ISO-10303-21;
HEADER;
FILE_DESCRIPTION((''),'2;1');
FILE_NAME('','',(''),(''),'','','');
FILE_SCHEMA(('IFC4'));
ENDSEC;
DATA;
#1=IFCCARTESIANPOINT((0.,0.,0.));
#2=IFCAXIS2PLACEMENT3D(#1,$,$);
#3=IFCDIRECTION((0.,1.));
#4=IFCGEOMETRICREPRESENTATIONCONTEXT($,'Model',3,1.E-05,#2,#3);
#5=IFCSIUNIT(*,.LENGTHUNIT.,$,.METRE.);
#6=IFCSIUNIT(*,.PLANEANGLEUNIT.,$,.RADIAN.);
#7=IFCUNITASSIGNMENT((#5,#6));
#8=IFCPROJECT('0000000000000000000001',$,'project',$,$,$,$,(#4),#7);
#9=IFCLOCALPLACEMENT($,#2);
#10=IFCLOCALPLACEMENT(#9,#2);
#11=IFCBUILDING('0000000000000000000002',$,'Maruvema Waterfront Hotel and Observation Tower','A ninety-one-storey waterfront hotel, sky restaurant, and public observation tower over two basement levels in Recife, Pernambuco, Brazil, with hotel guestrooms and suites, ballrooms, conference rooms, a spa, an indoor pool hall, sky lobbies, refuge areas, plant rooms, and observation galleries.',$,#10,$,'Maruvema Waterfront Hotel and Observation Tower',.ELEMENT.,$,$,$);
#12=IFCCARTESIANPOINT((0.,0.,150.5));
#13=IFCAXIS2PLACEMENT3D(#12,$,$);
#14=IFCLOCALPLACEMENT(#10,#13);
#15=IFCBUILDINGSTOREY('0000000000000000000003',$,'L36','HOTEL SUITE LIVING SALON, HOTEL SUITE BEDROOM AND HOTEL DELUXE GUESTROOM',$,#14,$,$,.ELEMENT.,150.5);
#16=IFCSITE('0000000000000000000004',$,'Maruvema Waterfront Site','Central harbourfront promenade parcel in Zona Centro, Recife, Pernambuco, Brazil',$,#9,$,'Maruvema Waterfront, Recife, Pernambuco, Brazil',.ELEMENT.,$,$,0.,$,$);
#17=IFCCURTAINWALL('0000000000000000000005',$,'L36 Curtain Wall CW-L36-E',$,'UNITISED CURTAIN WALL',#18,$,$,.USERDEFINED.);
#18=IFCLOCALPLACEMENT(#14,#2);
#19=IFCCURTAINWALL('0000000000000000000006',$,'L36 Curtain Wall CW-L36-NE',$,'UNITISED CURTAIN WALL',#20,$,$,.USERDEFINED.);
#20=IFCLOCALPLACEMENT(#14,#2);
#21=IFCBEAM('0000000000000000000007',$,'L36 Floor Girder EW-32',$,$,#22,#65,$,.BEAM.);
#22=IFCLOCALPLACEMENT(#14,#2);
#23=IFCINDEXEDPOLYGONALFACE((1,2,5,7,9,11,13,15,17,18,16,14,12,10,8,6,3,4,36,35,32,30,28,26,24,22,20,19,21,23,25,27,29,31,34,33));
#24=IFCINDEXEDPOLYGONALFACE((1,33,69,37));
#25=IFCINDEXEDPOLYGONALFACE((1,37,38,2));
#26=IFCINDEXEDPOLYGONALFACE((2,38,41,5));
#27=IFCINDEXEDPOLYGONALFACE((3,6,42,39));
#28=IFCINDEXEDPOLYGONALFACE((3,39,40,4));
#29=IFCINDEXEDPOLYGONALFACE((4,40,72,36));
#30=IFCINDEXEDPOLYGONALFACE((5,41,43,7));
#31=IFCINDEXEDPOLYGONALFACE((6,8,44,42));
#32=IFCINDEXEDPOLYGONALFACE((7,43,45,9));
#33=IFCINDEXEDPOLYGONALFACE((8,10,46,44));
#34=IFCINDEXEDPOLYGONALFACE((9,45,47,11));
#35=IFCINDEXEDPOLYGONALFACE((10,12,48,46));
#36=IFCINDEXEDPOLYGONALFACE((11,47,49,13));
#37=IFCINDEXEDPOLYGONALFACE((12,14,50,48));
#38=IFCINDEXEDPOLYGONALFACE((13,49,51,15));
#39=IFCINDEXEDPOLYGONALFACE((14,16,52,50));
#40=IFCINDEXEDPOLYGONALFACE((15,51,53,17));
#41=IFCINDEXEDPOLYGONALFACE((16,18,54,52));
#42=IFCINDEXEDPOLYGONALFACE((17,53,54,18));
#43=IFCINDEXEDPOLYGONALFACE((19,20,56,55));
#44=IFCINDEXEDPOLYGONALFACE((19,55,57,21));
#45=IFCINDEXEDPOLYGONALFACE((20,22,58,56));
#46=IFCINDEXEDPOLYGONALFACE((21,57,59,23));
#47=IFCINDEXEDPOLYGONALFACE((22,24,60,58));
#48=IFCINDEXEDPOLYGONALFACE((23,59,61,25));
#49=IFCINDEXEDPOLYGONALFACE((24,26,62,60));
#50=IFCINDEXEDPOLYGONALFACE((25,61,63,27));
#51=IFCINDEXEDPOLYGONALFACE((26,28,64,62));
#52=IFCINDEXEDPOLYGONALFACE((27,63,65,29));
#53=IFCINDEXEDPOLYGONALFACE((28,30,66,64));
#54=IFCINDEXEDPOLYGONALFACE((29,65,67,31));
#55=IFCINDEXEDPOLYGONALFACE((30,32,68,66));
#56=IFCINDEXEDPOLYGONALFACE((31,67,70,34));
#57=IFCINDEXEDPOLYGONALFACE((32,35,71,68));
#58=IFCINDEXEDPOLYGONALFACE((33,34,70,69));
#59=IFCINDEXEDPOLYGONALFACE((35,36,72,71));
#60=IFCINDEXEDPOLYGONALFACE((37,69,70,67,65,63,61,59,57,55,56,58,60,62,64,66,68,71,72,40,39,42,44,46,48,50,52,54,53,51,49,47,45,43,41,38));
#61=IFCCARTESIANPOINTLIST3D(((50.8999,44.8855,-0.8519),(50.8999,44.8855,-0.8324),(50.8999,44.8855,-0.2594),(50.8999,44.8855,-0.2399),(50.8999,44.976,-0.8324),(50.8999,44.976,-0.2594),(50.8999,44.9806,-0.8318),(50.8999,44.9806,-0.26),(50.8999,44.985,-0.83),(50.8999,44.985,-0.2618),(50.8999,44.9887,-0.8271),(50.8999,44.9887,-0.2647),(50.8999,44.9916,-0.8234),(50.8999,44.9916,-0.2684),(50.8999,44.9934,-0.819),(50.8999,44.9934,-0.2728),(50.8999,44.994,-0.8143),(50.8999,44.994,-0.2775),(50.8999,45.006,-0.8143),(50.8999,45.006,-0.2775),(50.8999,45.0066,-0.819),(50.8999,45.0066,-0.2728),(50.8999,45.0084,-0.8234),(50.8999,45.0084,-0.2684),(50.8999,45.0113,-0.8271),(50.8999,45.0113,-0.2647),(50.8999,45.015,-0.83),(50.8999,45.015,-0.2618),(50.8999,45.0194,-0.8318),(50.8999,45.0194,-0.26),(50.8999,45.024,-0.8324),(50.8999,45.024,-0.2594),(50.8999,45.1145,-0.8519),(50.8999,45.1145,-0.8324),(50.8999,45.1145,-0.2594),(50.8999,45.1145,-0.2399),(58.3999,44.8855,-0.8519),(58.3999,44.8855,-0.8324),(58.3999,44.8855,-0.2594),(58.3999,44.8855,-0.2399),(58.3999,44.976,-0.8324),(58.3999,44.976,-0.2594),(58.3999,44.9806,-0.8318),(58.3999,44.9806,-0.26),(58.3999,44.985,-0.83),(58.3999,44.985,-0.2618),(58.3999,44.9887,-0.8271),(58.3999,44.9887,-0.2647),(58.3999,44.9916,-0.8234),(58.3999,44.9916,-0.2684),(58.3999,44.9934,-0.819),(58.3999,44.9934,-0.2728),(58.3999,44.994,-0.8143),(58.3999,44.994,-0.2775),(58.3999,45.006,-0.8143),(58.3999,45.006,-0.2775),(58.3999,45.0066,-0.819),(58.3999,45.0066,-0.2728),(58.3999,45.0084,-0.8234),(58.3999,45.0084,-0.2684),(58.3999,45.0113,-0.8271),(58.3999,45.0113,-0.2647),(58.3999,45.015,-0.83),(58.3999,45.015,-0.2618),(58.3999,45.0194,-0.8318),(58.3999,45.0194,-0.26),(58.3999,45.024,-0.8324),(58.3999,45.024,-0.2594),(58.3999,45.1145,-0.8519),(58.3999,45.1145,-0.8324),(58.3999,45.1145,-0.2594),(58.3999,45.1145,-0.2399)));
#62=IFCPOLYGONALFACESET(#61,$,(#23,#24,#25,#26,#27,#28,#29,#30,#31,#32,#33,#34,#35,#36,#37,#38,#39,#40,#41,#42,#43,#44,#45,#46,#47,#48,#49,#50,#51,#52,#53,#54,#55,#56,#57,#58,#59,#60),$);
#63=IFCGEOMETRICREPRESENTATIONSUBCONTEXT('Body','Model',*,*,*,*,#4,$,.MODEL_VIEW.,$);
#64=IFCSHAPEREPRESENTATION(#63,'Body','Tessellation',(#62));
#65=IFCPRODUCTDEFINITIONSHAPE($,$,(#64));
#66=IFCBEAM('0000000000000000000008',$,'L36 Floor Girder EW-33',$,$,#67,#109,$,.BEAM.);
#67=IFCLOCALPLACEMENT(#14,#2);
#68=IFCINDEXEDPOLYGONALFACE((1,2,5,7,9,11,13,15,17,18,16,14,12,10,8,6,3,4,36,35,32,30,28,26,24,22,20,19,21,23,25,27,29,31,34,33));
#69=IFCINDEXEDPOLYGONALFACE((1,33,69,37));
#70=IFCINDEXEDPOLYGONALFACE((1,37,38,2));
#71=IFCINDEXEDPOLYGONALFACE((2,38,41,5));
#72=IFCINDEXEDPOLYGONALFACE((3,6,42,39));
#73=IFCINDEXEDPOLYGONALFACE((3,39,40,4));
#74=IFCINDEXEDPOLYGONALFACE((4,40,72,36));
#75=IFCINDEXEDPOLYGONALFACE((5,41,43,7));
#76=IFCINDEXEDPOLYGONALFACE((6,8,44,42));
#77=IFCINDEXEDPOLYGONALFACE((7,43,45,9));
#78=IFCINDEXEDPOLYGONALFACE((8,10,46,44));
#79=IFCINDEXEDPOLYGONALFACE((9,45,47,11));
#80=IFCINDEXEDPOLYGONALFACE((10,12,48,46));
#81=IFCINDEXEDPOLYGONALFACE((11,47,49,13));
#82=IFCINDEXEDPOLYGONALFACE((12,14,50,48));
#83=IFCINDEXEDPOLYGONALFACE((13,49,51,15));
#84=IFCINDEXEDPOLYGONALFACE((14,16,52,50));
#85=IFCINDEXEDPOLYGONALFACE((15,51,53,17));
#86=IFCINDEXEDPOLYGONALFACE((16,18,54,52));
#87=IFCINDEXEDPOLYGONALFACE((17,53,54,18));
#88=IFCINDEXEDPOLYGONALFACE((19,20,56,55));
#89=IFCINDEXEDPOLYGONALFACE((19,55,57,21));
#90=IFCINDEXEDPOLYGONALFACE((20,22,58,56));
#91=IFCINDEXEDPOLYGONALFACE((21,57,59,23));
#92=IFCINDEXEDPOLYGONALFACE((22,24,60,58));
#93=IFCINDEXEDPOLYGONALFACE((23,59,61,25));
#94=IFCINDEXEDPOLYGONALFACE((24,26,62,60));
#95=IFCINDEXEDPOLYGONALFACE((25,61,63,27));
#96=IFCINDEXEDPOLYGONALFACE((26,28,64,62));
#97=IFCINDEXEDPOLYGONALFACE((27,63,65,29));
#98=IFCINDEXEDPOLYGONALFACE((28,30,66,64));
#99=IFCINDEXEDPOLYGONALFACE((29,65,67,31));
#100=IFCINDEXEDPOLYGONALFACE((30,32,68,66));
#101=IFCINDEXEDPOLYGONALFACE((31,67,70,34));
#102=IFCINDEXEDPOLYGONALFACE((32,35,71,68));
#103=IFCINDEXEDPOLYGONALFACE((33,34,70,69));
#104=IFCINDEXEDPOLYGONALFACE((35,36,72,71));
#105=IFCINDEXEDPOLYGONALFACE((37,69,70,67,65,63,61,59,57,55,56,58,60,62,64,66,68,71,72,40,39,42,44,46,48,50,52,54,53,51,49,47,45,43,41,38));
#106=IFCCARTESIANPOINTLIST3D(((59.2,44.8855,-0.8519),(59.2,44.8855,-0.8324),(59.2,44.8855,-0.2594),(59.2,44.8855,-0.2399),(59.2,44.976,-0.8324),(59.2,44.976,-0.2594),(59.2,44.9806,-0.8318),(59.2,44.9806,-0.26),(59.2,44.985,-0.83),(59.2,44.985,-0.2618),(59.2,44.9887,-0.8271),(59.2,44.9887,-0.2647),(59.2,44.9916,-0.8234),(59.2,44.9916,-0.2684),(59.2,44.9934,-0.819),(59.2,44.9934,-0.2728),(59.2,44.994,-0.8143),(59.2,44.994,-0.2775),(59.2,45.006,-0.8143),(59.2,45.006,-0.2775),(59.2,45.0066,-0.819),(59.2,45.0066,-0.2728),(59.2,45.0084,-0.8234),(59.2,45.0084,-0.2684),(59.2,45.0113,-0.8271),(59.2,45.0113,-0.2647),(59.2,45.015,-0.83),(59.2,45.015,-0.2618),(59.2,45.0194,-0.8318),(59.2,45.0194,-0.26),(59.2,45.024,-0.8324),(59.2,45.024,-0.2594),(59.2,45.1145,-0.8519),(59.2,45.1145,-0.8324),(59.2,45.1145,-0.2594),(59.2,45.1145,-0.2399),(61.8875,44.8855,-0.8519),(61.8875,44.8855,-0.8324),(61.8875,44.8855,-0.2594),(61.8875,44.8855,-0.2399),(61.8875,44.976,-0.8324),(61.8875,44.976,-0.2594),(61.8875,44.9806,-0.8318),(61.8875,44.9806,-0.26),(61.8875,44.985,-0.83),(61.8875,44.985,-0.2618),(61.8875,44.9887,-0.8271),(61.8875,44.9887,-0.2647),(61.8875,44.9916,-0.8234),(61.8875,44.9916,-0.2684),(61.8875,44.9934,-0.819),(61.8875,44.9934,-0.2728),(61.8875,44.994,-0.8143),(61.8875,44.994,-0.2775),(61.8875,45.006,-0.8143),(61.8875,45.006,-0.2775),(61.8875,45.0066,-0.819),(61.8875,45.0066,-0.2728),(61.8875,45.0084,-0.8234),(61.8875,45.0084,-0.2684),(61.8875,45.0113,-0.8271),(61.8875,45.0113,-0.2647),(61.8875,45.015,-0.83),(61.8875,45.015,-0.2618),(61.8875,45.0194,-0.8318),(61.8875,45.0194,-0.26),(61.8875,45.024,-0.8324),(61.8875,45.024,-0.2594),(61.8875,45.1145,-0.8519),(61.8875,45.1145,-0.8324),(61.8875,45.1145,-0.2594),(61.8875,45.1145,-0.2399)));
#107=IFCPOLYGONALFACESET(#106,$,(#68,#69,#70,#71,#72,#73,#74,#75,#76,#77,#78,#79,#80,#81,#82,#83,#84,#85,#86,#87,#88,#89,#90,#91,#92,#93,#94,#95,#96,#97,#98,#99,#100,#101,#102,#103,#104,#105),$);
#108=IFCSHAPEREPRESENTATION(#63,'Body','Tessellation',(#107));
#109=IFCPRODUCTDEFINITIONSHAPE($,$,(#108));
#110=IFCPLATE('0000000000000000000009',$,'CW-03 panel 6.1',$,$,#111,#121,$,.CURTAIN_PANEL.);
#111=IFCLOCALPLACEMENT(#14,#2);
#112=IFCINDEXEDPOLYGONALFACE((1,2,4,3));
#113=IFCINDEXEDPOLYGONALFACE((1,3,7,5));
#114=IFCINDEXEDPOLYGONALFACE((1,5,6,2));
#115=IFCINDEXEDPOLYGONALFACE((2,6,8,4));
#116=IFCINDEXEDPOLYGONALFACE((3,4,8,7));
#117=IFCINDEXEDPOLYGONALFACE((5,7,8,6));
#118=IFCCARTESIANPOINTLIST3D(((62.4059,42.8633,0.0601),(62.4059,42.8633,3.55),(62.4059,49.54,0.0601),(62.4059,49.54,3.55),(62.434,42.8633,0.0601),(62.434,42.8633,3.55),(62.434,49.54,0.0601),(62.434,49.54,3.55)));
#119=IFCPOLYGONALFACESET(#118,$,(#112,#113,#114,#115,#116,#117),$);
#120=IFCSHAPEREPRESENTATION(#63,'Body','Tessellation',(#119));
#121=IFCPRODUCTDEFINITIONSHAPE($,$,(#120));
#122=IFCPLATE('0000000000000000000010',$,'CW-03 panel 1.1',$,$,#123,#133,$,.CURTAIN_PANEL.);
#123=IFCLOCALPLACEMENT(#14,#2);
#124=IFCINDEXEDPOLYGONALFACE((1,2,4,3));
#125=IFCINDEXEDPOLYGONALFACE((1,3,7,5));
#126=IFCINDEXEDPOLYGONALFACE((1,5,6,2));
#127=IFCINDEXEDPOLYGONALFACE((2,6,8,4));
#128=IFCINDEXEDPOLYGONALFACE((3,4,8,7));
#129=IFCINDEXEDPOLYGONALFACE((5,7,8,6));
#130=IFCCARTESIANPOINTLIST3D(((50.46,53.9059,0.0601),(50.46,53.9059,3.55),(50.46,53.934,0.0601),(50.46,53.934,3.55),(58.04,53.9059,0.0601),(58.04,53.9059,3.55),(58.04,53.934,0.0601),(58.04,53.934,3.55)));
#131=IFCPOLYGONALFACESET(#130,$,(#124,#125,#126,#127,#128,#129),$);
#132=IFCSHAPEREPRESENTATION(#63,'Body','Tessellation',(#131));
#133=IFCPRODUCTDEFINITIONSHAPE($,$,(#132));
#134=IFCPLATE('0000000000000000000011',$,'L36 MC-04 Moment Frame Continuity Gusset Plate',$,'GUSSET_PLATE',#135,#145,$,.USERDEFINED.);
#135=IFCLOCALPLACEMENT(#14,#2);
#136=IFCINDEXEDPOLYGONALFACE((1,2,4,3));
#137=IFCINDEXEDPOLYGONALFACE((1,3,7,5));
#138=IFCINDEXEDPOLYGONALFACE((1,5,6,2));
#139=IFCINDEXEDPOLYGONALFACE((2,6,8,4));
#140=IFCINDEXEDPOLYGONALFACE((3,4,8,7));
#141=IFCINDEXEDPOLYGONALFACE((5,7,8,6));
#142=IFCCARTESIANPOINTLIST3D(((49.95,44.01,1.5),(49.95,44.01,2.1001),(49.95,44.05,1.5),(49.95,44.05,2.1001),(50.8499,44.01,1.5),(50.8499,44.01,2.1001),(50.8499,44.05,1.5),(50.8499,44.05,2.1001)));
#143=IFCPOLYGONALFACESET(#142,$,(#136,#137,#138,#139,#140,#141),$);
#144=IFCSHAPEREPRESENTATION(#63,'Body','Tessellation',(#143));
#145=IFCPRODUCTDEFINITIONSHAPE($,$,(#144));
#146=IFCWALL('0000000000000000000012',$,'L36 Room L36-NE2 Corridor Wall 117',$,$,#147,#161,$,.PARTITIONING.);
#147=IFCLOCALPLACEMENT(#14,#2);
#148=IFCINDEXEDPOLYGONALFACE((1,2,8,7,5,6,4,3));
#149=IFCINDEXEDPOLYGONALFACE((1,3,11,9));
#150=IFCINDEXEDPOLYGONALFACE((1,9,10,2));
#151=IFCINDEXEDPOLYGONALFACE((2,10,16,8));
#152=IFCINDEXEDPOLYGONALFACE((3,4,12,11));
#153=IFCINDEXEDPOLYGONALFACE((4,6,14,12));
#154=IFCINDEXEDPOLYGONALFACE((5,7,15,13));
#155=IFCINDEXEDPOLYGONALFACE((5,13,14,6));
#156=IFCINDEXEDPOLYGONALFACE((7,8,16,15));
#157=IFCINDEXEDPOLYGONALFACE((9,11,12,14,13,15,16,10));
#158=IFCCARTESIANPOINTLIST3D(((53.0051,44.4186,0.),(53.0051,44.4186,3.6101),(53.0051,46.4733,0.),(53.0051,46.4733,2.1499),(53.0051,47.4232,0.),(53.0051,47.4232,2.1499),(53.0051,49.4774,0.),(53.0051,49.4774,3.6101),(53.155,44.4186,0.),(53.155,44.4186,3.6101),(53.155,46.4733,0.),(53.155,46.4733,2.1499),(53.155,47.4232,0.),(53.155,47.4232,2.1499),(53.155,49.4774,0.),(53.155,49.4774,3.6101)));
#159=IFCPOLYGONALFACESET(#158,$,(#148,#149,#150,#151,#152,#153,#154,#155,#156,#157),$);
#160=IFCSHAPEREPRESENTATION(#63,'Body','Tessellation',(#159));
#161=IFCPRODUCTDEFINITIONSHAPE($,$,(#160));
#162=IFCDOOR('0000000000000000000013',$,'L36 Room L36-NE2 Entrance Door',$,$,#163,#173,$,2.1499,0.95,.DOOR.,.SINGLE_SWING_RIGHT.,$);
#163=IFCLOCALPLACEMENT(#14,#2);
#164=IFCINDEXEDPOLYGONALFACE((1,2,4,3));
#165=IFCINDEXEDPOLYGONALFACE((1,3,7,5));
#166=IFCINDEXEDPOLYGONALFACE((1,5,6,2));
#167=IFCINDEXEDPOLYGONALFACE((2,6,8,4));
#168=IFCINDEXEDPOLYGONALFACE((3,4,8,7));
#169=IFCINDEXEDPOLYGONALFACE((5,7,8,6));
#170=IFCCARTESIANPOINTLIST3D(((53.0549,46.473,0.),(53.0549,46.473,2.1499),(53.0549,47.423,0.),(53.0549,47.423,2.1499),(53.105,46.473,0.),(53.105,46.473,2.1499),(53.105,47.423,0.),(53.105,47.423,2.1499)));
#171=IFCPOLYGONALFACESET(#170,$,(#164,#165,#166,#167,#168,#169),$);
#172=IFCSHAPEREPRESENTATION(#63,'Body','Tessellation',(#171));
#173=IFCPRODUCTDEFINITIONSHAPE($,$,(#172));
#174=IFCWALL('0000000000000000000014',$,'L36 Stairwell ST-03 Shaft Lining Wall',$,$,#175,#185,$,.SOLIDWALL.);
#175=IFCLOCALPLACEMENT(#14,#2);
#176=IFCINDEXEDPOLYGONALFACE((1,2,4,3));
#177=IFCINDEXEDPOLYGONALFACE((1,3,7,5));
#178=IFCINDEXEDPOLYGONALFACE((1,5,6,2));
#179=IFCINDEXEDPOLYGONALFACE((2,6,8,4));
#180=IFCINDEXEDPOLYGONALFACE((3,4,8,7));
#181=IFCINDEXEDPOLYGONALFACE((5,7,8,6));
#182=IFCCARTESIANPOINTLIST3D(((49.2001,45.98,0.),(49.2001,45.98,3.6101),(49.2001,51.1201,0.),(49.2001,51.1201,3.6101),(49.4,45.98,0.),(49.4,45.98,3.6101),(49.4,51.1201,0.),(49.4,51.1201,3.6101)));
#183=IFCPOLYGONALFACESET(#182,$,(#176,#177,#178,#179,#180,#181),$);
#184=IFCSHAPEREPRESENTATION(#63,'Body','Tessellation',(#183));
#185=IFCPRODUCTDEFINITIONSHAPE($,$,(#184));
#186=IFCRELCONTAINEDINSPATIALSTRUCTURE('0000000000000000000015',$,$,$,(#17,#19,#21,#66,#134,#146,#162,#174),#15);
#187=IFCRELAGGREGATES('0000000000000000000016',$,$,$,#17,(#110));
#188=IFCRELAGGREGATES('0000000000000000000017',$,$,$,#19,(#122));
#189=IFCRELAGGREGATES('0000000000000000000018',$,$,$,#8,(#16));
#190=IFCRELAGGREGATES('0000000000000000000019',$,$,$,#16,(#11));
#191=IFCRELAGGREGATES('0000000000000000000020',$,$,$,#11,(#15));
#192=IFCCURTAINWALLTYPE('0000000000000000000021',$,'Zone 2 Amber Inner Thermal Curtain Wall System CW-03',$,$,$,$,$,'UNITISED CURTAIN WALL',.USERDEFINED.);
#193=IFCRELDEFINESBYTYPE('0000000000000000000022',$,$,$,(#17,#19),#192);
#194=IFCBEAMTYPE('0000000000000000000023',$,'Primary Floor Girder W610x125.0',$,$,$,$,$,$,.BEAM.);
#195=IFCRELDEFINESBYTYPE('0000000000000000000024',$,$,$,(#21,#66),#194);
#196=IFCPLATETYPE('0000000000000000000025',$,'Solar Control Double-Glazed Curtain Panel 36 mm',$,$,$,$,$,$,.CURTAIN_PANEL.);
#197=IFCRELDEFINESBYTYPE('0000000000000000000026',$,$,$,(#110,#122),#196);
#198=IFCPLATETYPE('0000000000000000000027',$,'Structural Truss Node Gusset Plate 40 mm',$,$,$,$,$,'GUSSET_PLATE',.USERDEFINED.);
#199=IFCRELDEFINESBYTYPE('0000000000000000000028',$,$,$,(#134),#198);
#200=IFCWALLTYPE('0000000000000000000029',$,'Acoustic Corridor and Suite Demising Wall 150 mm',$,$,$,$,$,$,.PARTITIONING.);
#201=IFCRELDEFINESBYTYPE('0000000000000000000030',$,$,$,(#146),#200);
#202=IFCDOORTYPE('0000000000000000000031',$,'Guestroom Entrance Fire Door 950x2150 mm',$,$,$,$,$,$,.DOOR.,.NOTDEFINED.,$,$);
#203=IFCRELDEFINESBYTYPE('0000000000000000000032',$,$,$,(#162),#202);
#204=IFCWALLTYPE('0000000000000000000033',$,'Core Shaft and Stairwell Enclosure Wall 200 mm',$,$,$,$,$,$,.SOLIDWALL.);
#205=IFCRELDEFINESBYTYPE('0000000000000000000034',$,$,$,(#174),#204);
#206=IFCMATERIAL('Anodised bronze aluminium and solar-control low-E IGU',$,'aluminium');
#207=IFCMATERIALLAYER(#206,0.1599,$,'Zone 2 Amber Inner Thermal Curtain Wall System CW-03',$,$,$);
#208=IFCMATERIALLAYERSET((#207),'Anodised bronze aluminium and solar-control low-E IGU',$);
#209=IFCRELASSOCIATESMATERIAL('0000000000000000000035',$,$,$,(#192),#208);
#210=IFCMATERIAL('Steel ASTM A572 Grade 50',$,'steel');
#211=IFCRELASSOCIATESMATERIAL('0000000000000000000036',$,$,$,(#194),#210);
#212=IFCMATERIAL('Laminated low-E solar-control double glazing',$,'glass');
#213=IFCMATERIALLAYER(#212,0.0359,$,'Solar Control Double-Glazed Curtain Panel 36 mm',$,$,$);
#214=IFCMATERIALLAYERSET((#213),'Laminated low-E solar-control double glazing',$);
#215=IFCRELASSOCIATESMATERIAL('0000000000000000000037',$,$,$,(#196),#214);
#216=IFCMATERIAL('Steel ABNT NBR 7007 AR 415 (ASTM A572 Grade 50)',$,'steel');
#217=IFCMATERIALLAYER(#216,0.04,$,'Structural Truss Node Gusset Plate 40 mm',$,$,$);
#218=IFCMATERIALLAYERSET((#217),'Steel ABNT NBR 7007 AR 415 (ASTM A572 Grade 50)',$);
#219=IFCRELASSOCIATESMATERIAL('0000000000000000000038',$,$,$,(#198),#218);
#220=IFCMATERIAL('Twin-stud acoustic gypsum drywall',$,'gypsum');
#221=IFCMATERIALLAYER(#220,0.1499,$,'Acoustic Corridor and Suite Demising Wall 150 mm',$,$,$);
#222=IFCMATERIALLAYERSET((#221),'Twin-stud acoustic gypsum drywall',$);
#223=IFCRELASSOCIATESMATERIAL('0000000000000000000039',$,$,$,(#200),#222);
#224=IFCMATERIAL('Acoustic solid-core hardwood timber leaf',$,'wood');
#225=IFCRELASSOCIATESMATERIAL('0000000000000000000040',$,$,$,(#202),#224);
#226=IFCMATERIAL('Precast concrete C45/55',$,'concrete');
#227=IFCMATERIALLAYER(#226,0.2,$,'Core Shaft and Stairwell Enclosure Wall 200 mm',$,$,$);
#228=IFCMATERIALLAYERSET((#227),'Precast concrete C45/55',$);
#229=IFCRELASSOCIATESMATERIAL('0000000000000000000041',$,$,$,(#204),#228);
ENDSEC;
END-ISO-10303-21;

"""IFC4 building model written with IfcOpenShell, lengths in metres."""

from ifc_helpers import new_model, si_unit, direction, frame, frame_2d, origin, origin_2d, place, context, subcontext, project, spatial, rectangle, i_section, extrude, material, layer, layer_set, material_profile, profile_set, type_object, element, fill, aggregate, save


model = new_model("IFC4")

# Units and contexts
model_context = context("Model", 3, precision=1e-05, world=origin(), true_north=direction((0.0, 1.0)))
body_context = subcontext(model_context, "Body", "Model", "MODEL_VIEW")
ifc_project = project(units=[si_unit("LENGTHUNIT", "METRE"), si_unit("PLANEANGLEUNIT", "RADIAN")], contexts=[model_context])

# Site, building, storey
site_placement = place(None, origin())
site = spatial("IfcSite", under=ifc_project, at=site_placement, Name="Maruvema Waterfront Site", Description="Central harbourfront promenade parcel in Zona Centro, Recife, Pernambuco, Brazil", LongName="Maruvema Waterfront, Recife, Pernambuco, Brazil", CompositionType="ELEMENT", RefElevation=0.0)
building_placement = place(site_placement, origin())
building = spatial("IfcBuilding", under=site, at=building_placement, Name="Maruvema Waterfront Hotel and Observation Tower", Description="A ninety-one-storey waterfront hotel, sky restaurant, and public observation tower over two basement levels in Recife, Pernambuco, Brazil, with hotel guestrooms and suites, ballrooms, conference rooms, a spa, an indoor pool hall, sky lobbies, refuge areas, plant rooms, and observation galleries.", LongName="Maruvema Waterfront Hotel and Observation Tower", CompositionType="ELEMENT")
storey_placement = place(building_placement, frame((0.0, 0.0, 150.5)))
storey = spatial("IfcBuildingStorey", under=building, at=storey_placement, Name="L36", Description="HOTEL SUITE LIVING SALON, HOTEL SUITE BEDROOM AND HOTEL DELUXE GUESTROOM", CompositionType="ELEMENT", Elevation=150.5)

# Curtain wall
ifc_material_1 = material(Name="Anodised bronze aluminium and solar-control low-E IGU", Category="aluminium")
ifc_layer_1 = layer(ifc_material_1, 0.1599, Name="Zone 2 Amber Inner Thermal Curtain Wall System CW-03")
ifc_layer_set_1 = layer_set([ifc_layer_1], Name="Anodised bronze aluminium and solar-control low-E IGU")
curtain_wall_type = type_object("IfcCurtainWallType", Name="Zone 2 Amber Inner Thermal Curtain Wall System CW-03", ElementType="UNITISED CURTAIN WALL", PredefinedType="USERDEFINED", material=ifc_layer_set_1)
curtain_wall_1_placement = place(storey_placement, origin())
curtain_wall_1 = element("IfcCurtainWall", 1, at=curtain_wall_1_placement, inside=storey, type_object=curtain_wall_type, Name="L36 Curtain Wall CW-L36-E", ObjectType="UNITISED CURTAIN WALL", PredefinedType="USERDEFINED")

# Curtain wall
curtain_wall_2_placement = place(storey_placement, origin())
curtain_wall_2 = element("IfcCurtainWall", 2, at=curtain_wall_2_placement, inside=storey, type_object=curtain_wall_type, Name="L36 Curtain Wall CW-L36-NE", ObjectType="UNITISED CURTAIN WALL", PredefinedType="USERDEFINED")

# Beams
ifc_material_2 = material(Name="Steel ASTM A572 Grade 50", Category="steel")
ifc_material_profile_1 = material_profile(ifc_material_2, i_section(OverallWidth=0.229, OverallDepth=0.6121, WebThickness=0.012, FlangeThickness=0.0195, FilletRadius=0.0181, at=origin_2d()), Name="W610x125.0")
ifc_profile_set_1 = profile_set([ifc_material_profile_1], Name="Steel ASTM A572 Grade 50")
beam_type = type_object("IfcBeamType", Name="Primary Floor Girder W610x125.0", PredefinedType="BEAM", material=ifc_profile_set_1)
beam_1_placement = place(storey_placement, frame((50.8999, 45.0, -0.5459), z_axis=(1.0, 0.0, 0.0), x_axis=(0.0, 1.0, 0.0)))
element("IfcBeam", 3, at=beam_1_placement, inside=storey, type_object=beam_type, Name="L36 Floor Girder EW-32", PredefinedType="BEAM", context=body_context, shape_type="SweptSolid", body=[
    extrude(i_section(OverallWidth=0.229, OverallDepth=0.6121, WebThickness=0.012, FlangeThickness=0.0195, FilletRadius=0.0181, at=origin_2d()), origin(), (0.0, 0.0, 1.0), 7.5),
])
beam_2_placement = place(storey_placement, frame((59.2, 45.0, -0.5459), z_axis=(1.0, 0.0, 0.0), x_axis=(0.0, 1.0, 0.0)))
element("IfcBeam", 4, at=beam_2_placement, inside=storey, type_object=beam_type, Name="L36 Floor Girder EW-33", PredefinedType="BEAM", context=body_context, shape_type="SweptSolid", body=[
    extrude(i_section(OverallWidth=0.229, OverallDepth=0.6121, WebThickness=0.012, FlangeThickness=0.0195, FilletRadius=0.0181, at=origin_2d()), origin(), (0.0, 0.0, 1.0), 2.6875),
])

# Plates
ifc_material_3 = material(Name="Laminated low-E solar-control double glazing", Category="glass")
ifc_layer_2 = layer(ifc_material_3, 0.0359, Name="Solar Control Double-Glazed Curtain Panel 36 mm")
ifc_layer_set_2 = layer_set([ifc_layer_2], Name="Laminated low-E solar-control double glazing")
plate_type_1 = type_object("IfcPlateType", Name="Solar Control Double-Glazed Curtain Panel 36 mm", PredefinedType="CURTAIN_PANEL", material=ifc_layer_set_2)
plate_1_placement = place(storey_placement, frame((62.4199, 46.2017, 0.0601), z_axis=(0.0, 0.0, 1.0), x_axis=(0.0, 1.0, 0.0)))
plate_1 = element("IfcPlate", 5, at=plate_1_placement, type_object=plate_type_1, Name="CW-03 panel 6.1", PredefinedType="CURTAIN_PANEL", context=body_context, shape_type="SweptSolid", body=[
    extrude(rectangle(XDim=6.6768, YDim=0.0281, at=origin_2d()), origin(), (0.0, 0.0, 1.0), 3.49),
])
aggregate(curtain_wall_1, [plate_1])
plate_2_placement = place(storey_placement, frame((54.25, 53.9199, 0.0601), z_axis=(0.0, 0.0, 1.0), x_axis=(-1.0, 0.0, 0.0)))
plate_2 = element("IfcPlate", 6, at=plate_2_placement, type_object=plate_type_1, Name="CW-03 panel 1.1", PredefinedType="CURTAIN_PANEL", context=body_context, shape_type="SweptSolid", body=[
    extrude(rectangle(XDim=7.5801, YDim=0.0281, at=origin_2d()), origin(), (0.0, 0.0, 1.0), 3.49),
])
aggregate(curtain_wall_2, [plate_2])
ifc_material_4 = material(Name="Steel ABNT NBR 7007 AR 415 (ASTM A572 Grade 50)", Category="steel")
ifc_layer_3 = layer(ifc_material_4, 0.04, Name="Structural Truss Node Gusset Plate 40 mm")
ifc_layer_set_3 = layer_set([ifc_layer_3], Name="Steel ABNT NBR 7007 AR 415 (ASTM A572 Grade 50)")
plate_type_2 = type_object("IfcPlateType", Name="Structural Truss Node Gusset Plate 40 mm", ElementType="GUSSET_PLATE", PredefinedType="USERDEFINED", material=ifc_layer_set_3)
plate_3_placement = place(storey_placement, frame((50.3999, 44.03, 1.5), z_axis=(0.0, 0.0, 1.0), x_axis=(1.0, 0.0, 0.0)))
element("IfcPlate", 7, at=plate_3_placement, inside=storey, type_object=plate_type_2, Name="L36 MC-04 Moment Frame Continuity Gusset Plate", ObjectType="GUSSET_PLATE", PredefinedType="USERDEFINED", context=body_context, shape_type="SweptSolid", body=[
    extrude(rectangle(XDim=0.8999, YDim=0.04, at=origin_2d()), origin(), (0.0, 0.0, 1.0), 0.6001),
])

# Wall, opening, door
ifc_material_5 = material(Name="Twin-stud acoustic gypsum drywall", Category="gypsum")
ifc_layer_4 = layer(ifc_material_5, 0.1499, Name="Acoustic Corridor and Suite Demising Wall 150 mm")
ifc_layer_set_4 = layer_set([ifc_layer_4], Name="Twin-stud acoustic gypsum drywall")
wall_type_1 = type_object("IfcWallType", Name="Acoustic Corridor and Suite Demising Wall 150 mm", PredefinedType="PARTITIONING", material=ifc_layer_set_4)
wall_1_placement = place(storey_placement, frame((53.0801, 44.4187, 0.0), z_axis=(0.0, 0.0, 1.0), x_axis=(0.0, 1.0, 0.0)))
wall_1 = element("IfcWall", 8, at=wall_1_placement, inside=storey, type_object=wall_type_1, Name="L36 Room L36-NE2 Corridor Wall 117", PredefinedType="PARTITIONING", context=body_context, shape_type="SweptSolid", body=[
    extrude(rectangle(XDim=5.0588, YDim=0.1499, at=frame_2d((2.5293, 0.0))), origin(), (0.0, 0.0, 1.0), 3.6101),
])
opening_1_placement = place(wall_1_placement, frame((2.0544, 0.0, 0.0)))
opening_1 = element("IfcOpeningElement", 9, at=opening_1_placement, cuts=wall_1, PredefinedType="OPENING", context=body_context, shape_type="SweptSolid", body=[
    extrude(rectangle(XDim=0.95, YDim=2.1499, at=frame_2d((0.4751, 1.075))), frame((0.0, 0.085, 0.0), z_axis=(0.0, -1.0, 0.0), x_axis=(1.0, 0.0, 0.0)), (0.0, 0.0, 1.0), 0.1699),
])
ifc_material_6 = material(Name="Acoustic solid-core hardwood timber leaf", Category="wood")
door_type_1 = type_object("IfcDoorType", Name="Guestroom Entrance Fire Door 950x2150 mm", OperationType="NOTDEFINED", PredefinedType="DOOR", material=ifc_material_6)
door_1_placement = place(opening_1_placement, frame((0.95, 0.0, 0.0), z_axis=(0.0, 0.0, 1.0), x_axis=(-1.0, 0.0, 0.0)))
door_1 = element("IfcDoor", 10, at=door_1_placement, inside=storey, type_object=door_type_1, Name="L36 Room L36-NE2 Entrance Door", OperationType="SINGLE_SWING_RIGHT", OverallHeight=2.1499, OverallWidth=0.95, PredefinedType="DOOR", context=body_context, shape_type="SweptSolid", body=[
    extrude(rectangle(XDim=0.95, YDim=2.1499, at=frame_2d((0.4751, 1.075))), frame((0.0, 0.0249, 0.0), z_axis=(0.0, -1.0, 0.0), x_axis=(1.0, 0.0, 0.0)), (0.0, 0.0, 1.0), 0.05),
])
fill(opening_1, door_1)

# Wall
ifc_material_7 = material(Name="Precast concrete C45/55", Category="concrete")
ifc_layer_5 = layer(ifc_material_7, 0.2, Name="Core Shaft and Stairwell Enclosure Wall 200 mm")
ifc_layer_set_5 = layer_set([ifc_layer_5], Name="Precast concrete C45/55")
wall_type_2 = type_object("IfcWallType", Name="Core Shaft and Stairwell Enclosure Wall 200 mm", PredefinedType="SOLIDWALL", material=ifc_layer_set_5)
wall_2_placement = place(storey_placement, frame((49.3, 45.98, 0.0), z_axis=(0.0, 0.0, 1.0), x_axis=(0.0, 1.0, 0.0)))
element("IfcWall", 11, at=wall_2_placement, inside=storey, type_object=wall_type_2, Name="L36 Stairwell ST-03 Shaft Lining Wall", PredefinedType="SOLIDWALL", context=body_context, shape_type="SweptSolid", body=[
    extrude(rectangle(XDim=5.1401, YDim=0.2, at=frame_2d((2.5701, 0.0))), origin(), (0.0, 0.0, 1.0), 3.6101),
])

save(model, "model.ifc")
